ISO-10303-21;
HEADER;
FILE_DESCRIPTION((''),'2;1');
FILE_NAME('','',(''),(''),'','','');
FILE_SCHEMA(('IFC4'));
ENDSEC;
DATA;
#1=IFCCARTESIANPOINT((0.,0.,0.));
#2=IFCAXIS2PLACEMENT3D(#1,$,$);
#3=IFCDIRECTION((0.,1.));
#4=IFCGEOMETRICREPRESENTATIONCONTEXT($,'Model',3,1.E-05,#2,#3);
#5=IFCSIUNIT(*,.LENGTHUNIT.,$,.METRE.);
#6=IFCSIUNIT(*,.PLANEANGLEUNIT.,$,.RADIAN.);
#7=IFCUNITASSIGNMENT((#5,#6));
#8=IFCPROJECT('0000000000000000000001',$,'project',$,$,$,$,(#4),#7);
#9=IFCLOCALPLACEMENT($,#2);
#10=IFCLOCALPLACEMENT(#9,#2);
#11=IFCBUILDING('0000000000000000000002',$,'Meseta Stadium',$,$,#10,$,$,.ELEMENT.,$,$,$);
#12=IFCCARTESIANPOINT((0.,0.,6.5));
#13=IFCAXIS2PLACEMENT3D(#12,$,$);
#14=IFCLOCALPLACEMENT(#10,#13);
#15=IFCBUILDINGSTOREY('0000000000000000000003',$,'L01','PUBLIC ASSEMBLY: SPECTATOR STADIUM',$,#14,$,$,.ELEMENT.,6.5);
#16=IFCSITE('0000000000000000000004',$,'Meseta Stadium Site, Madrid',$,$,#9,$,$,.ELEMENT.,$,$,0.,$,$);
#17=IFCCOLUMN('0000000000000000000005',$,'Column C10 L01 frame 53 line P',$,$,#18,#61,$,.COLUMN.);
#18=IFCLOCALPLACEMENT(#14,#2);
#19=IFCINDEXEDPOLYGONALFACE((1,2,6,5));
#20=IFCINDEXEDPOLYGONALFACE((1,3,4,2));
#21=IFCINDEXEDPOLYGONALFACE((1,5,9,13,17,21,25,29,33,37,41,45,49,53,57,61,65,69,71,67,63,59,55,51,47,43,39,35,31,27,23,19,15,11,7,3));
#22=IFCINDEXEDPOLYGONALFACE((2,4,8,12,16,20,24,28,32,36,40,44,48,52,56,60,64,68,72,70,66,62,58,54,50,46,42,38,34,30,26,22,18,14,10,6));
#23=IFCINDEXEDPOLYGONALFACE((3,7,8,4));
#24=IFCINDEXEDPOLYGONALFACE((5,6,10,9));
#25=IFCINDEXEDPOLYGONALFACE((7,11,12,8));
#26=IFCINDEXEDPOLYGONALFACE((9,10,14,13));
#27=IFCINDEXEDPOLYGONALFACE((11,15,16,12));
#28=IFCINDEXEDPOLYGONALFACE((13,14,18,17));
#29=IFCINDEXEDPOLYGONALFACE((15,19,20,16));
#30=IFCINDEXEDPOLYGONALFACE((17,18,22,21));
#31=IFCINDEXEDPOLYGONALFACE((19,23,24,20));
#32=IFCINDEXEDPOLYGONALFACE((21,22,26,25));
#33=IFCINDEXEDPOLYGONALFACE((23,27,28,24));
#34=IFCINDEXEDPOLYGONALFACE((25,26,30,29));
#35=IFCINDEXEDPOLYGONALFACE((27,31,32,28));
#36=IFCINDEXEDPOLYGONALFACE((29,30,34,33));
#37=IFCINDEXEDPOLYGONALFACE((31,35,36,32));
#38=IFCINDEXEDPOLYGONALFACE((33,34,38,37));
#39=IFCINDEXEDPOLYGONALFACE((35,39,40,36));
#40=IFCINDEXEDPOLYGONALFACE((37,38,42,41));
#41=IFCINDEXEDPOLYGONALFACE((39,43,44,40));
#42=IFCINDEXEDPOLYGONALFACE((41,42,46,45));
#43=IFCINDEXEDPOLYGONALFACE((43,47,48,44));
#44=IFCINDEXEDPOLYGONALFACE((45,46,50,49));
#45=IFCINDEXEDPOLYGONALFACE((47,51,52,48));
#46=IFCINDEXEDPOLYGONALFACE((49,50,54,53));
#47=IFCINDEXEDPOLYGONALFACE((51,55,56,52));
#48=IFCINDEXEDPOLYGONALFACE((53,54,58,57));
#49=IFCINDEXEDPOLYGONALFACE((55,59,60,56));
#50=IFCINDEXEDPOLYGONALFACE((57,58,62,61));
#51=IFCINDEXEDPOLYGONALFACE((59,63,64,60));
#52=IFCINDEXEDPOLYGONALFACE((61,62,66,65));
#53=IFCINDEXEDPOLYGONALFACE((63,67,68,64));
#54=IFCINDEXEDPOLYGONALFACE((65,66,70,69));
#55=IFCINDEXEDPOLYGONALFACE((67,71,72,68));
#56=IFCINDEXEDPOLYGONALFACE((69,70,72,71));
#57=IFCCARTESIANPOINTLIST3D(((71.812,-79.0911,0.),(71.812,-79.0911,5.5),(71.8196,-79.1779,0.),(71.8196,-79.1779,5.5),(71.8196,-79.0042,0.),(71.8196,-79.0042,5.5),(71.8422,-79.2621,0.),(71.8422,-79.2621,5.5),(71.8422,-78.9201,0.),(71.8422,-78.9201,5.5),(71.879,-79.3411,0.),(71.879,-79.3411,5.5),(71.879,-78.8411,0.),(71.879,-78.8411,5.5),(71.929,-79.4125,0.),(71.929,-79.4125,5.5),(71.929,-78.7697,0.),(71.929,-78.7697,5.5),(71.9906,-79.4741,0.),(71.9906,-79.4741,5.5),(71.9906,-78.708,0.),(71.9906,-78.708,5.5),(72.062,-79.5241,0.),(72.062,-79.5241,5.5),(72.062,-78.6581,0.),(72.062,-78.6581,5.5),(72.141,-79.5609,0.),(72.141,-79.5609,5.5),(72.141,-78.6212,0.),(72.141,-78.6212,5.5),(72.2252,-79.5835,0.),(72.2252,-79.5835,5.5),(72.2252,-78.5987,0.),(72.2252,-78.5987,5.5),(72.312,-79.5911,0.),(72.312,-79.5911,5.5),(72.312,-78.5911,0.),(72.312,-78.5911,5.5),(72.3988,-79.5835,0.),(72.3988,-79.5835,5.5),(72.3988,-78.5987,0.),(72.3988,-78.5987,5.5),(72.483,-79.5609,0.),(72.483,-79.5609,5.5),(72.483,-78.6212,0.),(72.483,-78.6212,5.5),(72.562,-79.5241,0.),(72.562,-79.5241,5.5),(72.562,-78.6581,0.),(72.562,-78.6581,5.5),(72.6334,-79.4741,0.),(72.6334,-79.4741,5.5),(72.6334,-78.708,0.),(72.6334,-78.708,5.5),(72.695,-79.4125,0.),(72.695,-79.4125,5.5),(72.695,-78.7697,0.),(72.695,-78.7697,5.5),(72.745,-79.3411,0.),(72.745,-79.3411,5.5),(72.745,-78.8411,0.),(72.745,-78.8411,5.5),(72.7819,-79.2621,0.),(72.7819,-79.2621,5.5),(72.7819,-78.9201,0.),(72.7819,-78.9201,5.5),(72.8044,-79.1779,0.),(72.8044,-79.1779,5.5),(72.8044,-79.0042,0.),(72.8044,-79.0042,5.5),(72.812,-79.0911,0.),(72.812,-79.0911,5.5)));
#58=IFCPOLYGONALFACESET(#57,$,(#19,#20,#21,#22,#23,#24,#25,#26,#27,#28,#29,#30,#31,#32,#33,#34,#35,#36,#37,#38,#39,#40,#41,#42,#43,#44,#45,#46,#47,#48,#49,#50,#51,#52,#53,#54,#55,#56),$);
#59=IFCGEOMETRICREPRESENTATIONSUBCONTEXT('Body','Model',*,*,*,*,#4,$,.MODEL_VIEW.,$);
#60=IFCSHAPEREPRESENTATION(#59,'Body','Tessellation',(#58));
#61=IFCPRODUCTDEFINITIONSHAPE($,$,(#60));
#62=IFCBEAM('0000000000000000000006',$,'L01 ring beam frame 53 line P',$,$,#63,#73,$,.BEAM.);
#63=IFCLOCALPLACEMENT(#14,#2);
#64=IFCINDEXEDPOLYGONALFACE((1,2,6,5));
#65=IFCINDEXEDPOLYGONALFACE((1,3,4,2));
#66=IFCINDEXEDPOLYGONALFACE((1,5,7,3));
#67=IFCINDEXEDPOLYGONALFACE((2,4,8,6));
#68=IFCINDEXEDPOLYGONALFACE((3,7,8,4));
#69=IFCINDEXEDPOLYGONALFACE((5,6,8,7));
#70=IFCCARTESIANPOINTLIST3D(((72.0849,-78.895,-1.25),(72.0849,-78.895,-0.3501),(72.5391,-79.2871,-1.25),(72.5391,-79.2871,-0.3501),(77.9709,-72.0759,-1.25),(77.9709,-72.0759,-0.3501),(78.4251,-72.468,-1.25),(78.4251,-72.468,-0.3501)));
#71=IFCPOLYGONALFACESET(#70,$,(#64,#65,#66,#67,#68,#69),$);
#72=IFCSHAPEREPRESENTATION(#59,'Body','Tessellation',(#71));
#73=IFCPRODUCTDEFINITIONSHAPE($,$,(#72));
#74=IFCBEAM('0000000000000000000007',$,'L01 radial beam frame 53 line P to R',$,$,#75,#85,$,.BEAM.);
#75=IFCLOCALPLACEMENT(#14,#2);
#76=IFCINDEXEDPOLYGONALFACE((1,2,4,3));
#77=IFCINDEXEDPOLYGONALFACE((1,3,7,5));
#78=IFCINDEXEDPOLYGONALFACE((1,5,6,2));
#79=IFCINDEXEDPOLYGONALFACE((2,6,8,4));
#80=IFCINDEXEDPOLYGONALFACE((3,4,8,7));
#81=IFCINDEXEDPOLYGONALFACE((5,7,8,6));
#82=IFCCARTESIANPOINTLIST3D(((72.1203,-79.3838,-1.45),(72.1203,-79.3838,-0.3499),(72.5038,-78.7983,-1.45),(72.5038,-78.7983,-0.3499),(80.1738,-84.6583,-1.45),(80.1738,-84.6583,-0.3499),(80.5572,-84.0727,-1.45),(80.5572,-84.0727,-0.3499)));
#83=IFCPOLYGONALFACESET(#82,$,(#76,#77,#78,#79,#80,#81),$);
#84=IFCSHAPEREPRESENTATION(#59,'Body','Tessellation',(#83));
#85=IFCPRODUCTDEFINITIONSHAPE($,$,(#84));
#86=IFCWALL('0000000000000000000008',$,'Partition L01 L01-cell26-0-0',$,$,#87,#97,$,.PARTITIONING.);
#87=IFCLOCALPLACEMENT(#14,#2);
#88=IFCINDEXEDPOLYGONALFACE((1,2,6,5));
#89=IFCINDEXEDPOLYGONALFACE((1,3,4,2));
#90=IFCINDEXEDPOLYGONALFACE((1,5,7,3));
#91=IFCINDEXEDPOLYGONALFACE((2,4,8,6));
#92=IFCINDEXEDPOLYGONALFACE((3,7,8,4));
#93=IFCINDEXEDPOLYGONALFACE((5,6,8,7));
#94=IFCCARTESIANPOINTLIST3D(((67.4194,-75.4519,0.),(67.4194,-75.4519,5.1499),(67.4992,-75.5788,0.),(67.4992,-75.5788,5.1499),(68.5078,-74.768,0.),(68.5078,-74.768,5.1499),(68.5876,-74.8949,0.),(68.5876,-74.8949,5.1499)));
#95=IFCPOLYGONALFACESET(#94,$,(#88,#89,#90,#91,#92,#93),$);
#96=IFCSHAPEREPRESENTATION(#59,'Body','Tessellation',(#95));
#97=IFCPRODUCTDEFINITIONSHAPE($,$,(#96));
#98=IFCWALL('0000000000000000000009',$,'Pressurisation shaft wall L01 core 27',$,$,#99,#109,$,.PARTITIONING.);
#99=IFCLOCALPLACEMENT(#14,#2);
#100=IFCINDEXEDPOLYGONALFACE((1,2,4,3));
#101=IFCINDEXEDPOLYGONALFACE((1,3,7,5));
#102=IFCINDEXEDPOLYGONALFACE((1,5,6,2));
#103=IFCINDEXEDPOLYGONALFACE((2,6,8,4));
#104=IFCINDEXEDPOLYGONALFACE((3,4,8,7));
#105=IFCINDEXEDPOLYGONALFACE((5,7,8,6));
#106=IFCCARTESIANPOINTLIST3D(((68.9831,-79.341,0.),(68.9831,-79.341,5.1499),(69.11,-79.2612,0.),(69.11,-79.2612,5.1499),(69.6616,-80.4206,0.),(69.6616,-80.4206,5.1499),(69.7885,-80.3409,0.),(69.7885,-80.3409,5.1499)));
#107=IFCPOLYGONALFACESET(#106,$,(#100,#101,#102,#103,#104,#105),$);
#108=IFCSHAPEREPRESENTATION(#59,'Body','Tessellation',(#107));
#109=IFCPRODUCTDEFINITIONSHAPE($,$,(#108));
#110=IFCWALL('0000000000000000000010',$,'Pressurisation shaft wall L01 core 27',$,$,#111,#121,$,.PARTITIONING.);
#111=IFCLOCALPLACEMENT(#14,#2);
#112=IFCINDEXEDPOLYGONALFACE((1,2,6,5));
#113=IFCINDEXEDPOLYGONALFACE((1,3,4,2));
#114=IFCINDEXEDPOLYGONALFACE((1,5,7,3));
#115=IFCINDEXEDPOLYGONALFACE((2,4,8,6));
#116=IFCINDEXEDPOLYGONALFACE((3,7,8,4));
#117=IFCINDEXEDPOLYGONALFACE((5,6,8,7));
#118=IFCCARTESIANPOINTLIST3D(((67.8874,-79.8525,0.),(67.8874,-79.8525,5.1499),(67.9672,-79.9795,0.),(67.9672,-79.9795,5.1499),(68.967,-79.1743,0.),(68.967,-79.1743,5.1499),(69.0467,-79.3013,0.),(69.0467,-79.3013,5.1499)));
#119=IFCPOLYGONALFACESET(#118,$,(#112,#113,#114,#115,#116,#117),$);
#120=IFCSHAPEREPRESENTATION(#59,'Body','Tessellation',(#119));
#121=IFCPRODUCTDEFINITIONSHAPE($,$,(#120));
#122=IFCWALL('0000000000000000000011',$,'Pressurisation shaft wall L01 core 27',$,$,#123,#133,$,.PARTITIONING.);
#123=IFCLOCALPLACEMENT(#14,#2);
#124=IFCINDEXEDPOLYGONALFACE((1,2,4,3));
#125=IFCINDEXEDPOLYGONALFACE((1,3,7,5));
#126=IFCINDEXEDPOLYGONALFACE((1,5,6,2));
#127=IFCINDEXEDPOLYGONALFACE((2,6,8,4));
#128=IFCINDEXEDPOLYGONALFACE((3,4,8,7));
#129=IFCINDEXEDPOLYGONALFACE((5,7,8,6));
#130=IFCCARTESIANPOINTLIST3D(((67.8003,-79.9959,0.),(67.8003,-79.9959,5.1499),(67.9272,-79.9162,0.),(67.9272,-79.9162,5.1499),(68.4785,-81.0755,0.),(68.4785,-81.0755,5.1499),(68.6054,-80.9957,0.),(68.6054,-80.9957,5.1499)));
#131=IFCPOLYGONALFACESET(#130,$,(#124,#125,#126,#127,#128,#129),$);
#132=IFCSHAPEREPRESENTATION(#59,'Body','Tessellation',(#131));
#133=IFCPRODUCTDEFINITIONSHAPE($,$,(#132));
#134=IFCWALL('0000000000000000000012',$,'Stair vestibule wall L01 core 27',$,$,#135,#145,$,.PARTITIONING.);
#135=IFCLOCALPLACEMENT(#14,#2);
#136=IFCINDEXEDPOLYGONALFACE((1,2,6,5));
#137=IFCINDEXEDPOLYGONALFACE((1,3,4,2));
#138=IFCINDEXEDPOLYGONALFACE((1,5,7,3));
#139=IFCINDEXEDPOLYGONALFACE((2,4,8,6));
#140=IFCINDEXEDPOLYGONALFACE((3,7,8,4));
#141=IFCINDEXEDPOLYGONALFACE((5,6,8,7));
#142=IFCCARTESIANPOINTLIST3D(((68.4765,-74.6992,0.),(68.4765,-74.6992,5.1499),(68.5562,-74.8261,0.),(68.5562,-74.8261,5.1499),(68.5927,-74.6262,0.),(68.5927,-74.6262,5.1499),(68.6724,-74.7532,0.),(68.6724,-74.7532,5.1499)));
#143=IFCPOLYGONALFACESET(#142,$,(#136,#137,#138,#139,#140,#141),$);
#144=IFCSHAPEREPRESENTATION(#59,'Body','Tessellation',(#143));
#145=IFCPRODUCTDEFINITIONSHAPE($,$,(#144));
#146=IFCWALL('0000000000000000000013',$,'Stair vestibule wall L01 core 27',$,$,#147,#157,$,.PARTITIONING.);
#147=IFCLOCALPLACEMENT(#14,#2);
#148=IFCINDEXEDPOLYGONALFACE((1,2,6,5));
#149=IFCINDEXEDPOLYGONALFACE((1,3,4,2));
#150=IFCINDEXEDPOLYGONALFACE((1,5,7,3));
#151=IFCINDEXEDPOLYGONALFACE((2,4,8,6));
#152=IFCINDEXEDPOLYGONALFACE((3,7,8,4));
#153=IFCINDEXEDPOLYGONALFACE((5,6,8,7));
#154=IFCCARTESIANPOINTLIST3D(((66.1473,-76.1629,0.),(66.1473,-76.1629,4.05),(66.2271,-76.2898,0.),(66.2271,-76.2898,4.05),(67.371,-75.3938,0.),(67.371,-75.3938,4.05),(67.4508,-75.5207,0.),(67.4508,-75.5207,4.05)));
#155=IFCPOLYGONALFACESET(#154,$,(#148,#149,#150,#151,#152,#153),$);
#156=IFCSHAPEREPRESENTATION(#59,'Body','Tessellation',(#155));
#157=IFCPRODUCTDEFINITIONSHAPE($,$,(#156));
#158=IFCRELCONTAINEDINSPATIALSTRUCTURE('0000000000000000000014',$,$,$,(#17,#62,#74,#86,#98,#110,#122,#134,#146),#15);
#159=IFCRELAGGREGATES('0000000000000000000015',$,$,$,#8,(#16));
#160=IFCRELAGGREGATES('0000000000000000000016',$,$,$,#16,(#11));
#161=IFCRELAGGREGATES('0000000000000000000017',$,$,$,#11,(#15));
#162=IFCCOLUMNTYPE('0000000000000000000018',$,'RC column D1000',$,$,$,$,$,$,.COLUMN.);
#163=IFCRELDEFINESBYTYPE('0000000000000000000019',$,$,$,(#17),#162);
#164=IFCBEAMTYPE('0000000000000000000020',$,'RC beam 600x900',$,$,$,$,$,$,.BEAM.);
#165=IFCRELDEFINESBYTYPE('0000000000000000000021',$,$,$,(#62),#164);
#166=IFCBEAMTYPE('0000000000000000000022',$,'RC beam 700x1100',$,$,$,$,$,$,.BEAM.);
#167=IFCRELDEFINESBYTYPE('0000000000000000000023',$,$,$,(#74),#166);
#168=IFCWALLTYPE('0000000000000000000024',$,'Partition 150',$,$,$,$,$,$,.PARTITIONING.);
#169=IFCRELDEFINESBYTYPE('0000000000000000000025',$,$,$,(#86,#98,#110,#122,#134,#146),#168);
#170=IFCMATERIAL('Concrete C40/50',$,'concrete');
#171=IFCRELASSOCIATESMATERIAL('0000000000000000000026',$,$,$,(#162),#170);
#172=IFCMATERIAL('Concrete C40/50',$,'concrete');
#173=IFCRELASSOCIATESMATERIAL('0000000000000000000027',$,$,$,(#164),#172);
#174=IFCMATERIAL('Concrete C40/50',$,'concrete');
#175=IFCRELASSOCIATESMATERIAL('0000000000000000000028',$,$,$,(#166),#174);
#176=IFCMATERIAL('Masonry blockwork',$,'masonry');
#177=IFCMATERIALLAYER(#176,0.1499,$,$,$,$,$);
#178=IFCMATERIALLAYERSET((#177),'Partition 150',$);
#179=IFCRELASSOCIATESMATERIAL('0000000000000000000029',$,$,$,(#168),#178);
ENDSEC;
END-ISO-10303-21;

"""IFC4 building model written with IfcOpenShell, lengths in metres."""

from ifc_helpers import new_model, si_unit, direction, frame, frame_2d, origin, origin_2d, place, context, subcontext, project, spatial, rectangle, circle, extrude, material, layer, layer_set, material_profile, profile_set, type_object, element, save


model = new_model("IFC4")

# Units and contexts
model_context = context("Model", 3, precision=1e-05, world=origin(), true_north=direction((0.0, 1.0)))
body_context = subcontext(model_context, "Body", "Model", "MODEL_VIEW")
ifc_project = project(units=[si_unit("LENGTHUNIT", "METRE"), si_unit("PLANEANGLEUNIT", "RADIAN")], contexts=[model_context])

# Site, building, storey
site_placement = place(None, origin())
site = spatial("IfcSite", under=ifc_project, at=site_placement, Name="Meseta Stadium Site, Madrid", CompositionType="ELEMENT", RefElevation=0.0)
building_placement = place(site_placement, origin())
building = spatial("IfcBuilding", under=site, at=building_placement, Name="Meseta Stadium", CompositionType="ELEMENT")
storey_placement = place(building_placement, frame((0.0, 0.0, 6.5)))
storey = spatial("IfcBuildingStorey", under=building, at=storey_placement, Name="L01", Description="PUBLIC ASSEMBLY: SPECTATOR STADIUM", CompositionType="ELEMENT", Elevation=6.5)

# Column
ifc_material_1 = material(Name="Concrete C40/50", Category="concrete")
ifc_material_profile_1 = material_profile(ifc_material_1, circle(Radius=0.5, at=origin_2d()), Name="RC D1000")
ifc_profile_set_1 = profile_set([ifc_material_profile_1], Name="Concrete C40/50")
column_type = type_object("IfcColumnType", Name="RC column D1000", PredefinedType="COLUMN", material=ifc_profile_set_1)
column_placement = place(storey_placement, frame((72.312, -79.0911, 0.0), z_axis=(0.0, 0.0, 1.0), x_axis=(1.0, 0.0, 0.0)))
element("IfcColumn", 1, at=column_placement, inside=storey, type_object=column_type, Name="Column C10 L01 frame 53 line P", PredefinedType="COLUMN", context=body_context, shape_type="SweptSolid", body=[
    extrude(circle(Radius=0.5, at=origin_2d()), origin(), (0.0, 0.0, 1.0), 5.5),
])

# Beams
ifc_material_2 = material(Name="Concrete C40/50", Category="concrete")
ifc_material_profile_2 = material_profile(ifc_material_2, rectangle(XDim=0.6001, YDim=0.8999, at=origin_2d()), Name="RC 600x900")
ifc_profile_set_2 = profile_set([ifc_material_profile_2], Name="Concrete C40/50")
beam_type_1 = type_object("IfcBeamType", Name="RC beam 600x900", PredefinedType="BEAM", material=ifc_profile_set_2)
beam_1_placement = place(storey_placement, frame((72.312, -79.0911, -0.8), z_axis=(0.653415, 0.757, 0.0), x_axis=(-0.757, 0.653415, 0.0)))
element("IfcBeam", 2, at=beam_1_placement, inside=storey, type_object=beam_type_1, Name="L01 ring beam frame 53 line P", PredefinedType="BEAM", context=body_context, shape_type="SweptSolid", body=[
    extrude(rectangle(XDim=0.6001, YDim=0.8999, at=origin_2d()), origin(), (0.0, 0.0, 1.0), 9.0081),
])
ifc_material_3 = material(Name="Concrete C40/50", Category="concrete")
ifc_material_profile_3 = material_profile(ifc_material_3, rectangle(XDim=0.7, YDim=1.1001, at=origin_2d()), Name="RC 700x1100")
ifc_profile_set_3 = profile_set([ifc_material_profile_3], Name="Concrete C40/50")
beam_type_2 = type_object("IfcBeamType", Name="RC beam 700x1100", PredefinedType="BEAM", material=ifc_profile_set_3)
beam_2_placement = place(storey_placement, frame((72.312, -79.0911, -0.8999), z_axis=(0.836556, -0.547881, 0.0), x_axis=(0.547881, 0.836556, 0.0)))
element("IfcBeam", 3, at=beam_2_placement, inside=storey, type_object=beam_type_2, Name="L01 radial beam frame 53 line P to R", PredefinedType="BEAM", context=body_context, shape_type="SweptSolid", body=[
    extrude(rectangle(XDim=0.7, YDim=1.1001, at=origin_2d()), origin(), (0.0, 0.0, 1.0), 9.627),
])

# Walls
ifc_material_4 = material(Name="Masonry blockwork", Category="masonry")
ifc_layer = layer(ifc_material_4, 0.1499)
ifc_layer_set = layer_set([ifc_layer], Name="Partition 150")
wall_type = type_object("IfcWallType", Name="Partition 150", PredefinedType="PARTITIONING", material=ifc_layer_set)
wall_1_placement = place(storey_placement, frame((68.5476, -74.8315, 0.0), z_axis=(0.0, 0.0, 1.0), x_axis=(-0.846737, -0.532012, 0.0)))
element("IfcWall", 4, at=wall_1_placement, inside=storey, type_object=wall_type, Name="Partition L01 L01-cell26-0-0", PredefinedType="PARTITIONING", context=body_context, shape_type="SweptSolid", body=[
    extrude(rectangle(XDim=1.2854, YDim=0.1499, at=frame_2d((0.6426, 0.0))), origin(), (0.0, 0.0, 1.0), 5.1499),
])
wall_2_placement = place(storey_placement, frame((69.7251, -80.3809, 0.0), z_axis=(0.0, 0.0, 1.0), x_axis=(-0.532097, 0.846683, 0.0)))
element("IfcWall", 5, at=wall_2_placement, inside=storey, type_object=wall_type, Name="Pressurisation shaft wall L01 core 27", PredefinedType="PARTITIONING", context=body_context, shape_type="SweptSolid", body=[
    extrude(rectangle(XDim=1.2751, YDim=0.1499, at=frame_2d((0.6377, 0.0))), origin(), (0.0, 0.0, 1.0), 5.1499),
])
for number, where, z_axis, x_axis, name in (
    (6, (69.0068, -79.2378, 0.0), (0.0, 0.0, 1.0), (-0.84677, -0.53196, 0.0), "Pressurisation shaft wall L01 core 27"),
    (7, (67.8638, -79.9561, 0.0), (0.0, 0.0, 1.0), (0.53196, -0.84677, 0.0), "Pressurisation shaft wall L01 core 27"),
):
    element("IfcWall", number, at=place(storey_placement, frame(where, z_axis=z_axis, x_axis=x_axis)), inside=storey, type_object=wall_type, Name=name, PredefinedType="PARTITIONING", context=body_context, shape_type="SweptSolid", body=[
        extrude(rectangle(XDim=1.2749, YDim=0.1499, at=frame_2d((0.6375, 0.0))), origin(), (0.0, 0.0, 1.0), 5.1499),
    ])
wall_3_placement = place(storey_placement, frame((68.6326, -74.6897, 0.0), z_axis=(0.0, 0.0, 1.0), x_axis=(-0.846797, -0.531916, 0.0)))
element("IfcWall", 8, at=wall_3_placement, inside=storey, type_object=wall_type, Name="Stair vestibule wall L01 core 27", PredefinedType="PARTITIONING", context=body_context, shape_type="SweptSolid", body=[
    extrude(rectangle(XDim=0.1372, YDim=0.1499, at=frame_2d((0.0686, 0.0))), origin(), (0.0, 0.0, 1.0), 5.1499),
])
wall_4_placement = place(storey_placement, frame((67.4109, -75.4573, 0.0), z_axis=(0.0, 0.0, 1.0), x_axis=(-0.846667, -0.532123, 0.0)))
element("IfcWall", 9, at=wall_4_placement, inside=storey, type_object=wall_type, Name="Stair vestibule wall L01 core 27", PredefinedType="PARTITIONING", context=body_context, shape_type="SweptSolid", body=[
    extrude(rectangle(XDim=1.4453, YDim=0.1499, at=frame_2d((0.7227, 0.0))), origin(), (0.0, 0.0, 1.0), 4.05),
])

save(model, "model.ifc")
